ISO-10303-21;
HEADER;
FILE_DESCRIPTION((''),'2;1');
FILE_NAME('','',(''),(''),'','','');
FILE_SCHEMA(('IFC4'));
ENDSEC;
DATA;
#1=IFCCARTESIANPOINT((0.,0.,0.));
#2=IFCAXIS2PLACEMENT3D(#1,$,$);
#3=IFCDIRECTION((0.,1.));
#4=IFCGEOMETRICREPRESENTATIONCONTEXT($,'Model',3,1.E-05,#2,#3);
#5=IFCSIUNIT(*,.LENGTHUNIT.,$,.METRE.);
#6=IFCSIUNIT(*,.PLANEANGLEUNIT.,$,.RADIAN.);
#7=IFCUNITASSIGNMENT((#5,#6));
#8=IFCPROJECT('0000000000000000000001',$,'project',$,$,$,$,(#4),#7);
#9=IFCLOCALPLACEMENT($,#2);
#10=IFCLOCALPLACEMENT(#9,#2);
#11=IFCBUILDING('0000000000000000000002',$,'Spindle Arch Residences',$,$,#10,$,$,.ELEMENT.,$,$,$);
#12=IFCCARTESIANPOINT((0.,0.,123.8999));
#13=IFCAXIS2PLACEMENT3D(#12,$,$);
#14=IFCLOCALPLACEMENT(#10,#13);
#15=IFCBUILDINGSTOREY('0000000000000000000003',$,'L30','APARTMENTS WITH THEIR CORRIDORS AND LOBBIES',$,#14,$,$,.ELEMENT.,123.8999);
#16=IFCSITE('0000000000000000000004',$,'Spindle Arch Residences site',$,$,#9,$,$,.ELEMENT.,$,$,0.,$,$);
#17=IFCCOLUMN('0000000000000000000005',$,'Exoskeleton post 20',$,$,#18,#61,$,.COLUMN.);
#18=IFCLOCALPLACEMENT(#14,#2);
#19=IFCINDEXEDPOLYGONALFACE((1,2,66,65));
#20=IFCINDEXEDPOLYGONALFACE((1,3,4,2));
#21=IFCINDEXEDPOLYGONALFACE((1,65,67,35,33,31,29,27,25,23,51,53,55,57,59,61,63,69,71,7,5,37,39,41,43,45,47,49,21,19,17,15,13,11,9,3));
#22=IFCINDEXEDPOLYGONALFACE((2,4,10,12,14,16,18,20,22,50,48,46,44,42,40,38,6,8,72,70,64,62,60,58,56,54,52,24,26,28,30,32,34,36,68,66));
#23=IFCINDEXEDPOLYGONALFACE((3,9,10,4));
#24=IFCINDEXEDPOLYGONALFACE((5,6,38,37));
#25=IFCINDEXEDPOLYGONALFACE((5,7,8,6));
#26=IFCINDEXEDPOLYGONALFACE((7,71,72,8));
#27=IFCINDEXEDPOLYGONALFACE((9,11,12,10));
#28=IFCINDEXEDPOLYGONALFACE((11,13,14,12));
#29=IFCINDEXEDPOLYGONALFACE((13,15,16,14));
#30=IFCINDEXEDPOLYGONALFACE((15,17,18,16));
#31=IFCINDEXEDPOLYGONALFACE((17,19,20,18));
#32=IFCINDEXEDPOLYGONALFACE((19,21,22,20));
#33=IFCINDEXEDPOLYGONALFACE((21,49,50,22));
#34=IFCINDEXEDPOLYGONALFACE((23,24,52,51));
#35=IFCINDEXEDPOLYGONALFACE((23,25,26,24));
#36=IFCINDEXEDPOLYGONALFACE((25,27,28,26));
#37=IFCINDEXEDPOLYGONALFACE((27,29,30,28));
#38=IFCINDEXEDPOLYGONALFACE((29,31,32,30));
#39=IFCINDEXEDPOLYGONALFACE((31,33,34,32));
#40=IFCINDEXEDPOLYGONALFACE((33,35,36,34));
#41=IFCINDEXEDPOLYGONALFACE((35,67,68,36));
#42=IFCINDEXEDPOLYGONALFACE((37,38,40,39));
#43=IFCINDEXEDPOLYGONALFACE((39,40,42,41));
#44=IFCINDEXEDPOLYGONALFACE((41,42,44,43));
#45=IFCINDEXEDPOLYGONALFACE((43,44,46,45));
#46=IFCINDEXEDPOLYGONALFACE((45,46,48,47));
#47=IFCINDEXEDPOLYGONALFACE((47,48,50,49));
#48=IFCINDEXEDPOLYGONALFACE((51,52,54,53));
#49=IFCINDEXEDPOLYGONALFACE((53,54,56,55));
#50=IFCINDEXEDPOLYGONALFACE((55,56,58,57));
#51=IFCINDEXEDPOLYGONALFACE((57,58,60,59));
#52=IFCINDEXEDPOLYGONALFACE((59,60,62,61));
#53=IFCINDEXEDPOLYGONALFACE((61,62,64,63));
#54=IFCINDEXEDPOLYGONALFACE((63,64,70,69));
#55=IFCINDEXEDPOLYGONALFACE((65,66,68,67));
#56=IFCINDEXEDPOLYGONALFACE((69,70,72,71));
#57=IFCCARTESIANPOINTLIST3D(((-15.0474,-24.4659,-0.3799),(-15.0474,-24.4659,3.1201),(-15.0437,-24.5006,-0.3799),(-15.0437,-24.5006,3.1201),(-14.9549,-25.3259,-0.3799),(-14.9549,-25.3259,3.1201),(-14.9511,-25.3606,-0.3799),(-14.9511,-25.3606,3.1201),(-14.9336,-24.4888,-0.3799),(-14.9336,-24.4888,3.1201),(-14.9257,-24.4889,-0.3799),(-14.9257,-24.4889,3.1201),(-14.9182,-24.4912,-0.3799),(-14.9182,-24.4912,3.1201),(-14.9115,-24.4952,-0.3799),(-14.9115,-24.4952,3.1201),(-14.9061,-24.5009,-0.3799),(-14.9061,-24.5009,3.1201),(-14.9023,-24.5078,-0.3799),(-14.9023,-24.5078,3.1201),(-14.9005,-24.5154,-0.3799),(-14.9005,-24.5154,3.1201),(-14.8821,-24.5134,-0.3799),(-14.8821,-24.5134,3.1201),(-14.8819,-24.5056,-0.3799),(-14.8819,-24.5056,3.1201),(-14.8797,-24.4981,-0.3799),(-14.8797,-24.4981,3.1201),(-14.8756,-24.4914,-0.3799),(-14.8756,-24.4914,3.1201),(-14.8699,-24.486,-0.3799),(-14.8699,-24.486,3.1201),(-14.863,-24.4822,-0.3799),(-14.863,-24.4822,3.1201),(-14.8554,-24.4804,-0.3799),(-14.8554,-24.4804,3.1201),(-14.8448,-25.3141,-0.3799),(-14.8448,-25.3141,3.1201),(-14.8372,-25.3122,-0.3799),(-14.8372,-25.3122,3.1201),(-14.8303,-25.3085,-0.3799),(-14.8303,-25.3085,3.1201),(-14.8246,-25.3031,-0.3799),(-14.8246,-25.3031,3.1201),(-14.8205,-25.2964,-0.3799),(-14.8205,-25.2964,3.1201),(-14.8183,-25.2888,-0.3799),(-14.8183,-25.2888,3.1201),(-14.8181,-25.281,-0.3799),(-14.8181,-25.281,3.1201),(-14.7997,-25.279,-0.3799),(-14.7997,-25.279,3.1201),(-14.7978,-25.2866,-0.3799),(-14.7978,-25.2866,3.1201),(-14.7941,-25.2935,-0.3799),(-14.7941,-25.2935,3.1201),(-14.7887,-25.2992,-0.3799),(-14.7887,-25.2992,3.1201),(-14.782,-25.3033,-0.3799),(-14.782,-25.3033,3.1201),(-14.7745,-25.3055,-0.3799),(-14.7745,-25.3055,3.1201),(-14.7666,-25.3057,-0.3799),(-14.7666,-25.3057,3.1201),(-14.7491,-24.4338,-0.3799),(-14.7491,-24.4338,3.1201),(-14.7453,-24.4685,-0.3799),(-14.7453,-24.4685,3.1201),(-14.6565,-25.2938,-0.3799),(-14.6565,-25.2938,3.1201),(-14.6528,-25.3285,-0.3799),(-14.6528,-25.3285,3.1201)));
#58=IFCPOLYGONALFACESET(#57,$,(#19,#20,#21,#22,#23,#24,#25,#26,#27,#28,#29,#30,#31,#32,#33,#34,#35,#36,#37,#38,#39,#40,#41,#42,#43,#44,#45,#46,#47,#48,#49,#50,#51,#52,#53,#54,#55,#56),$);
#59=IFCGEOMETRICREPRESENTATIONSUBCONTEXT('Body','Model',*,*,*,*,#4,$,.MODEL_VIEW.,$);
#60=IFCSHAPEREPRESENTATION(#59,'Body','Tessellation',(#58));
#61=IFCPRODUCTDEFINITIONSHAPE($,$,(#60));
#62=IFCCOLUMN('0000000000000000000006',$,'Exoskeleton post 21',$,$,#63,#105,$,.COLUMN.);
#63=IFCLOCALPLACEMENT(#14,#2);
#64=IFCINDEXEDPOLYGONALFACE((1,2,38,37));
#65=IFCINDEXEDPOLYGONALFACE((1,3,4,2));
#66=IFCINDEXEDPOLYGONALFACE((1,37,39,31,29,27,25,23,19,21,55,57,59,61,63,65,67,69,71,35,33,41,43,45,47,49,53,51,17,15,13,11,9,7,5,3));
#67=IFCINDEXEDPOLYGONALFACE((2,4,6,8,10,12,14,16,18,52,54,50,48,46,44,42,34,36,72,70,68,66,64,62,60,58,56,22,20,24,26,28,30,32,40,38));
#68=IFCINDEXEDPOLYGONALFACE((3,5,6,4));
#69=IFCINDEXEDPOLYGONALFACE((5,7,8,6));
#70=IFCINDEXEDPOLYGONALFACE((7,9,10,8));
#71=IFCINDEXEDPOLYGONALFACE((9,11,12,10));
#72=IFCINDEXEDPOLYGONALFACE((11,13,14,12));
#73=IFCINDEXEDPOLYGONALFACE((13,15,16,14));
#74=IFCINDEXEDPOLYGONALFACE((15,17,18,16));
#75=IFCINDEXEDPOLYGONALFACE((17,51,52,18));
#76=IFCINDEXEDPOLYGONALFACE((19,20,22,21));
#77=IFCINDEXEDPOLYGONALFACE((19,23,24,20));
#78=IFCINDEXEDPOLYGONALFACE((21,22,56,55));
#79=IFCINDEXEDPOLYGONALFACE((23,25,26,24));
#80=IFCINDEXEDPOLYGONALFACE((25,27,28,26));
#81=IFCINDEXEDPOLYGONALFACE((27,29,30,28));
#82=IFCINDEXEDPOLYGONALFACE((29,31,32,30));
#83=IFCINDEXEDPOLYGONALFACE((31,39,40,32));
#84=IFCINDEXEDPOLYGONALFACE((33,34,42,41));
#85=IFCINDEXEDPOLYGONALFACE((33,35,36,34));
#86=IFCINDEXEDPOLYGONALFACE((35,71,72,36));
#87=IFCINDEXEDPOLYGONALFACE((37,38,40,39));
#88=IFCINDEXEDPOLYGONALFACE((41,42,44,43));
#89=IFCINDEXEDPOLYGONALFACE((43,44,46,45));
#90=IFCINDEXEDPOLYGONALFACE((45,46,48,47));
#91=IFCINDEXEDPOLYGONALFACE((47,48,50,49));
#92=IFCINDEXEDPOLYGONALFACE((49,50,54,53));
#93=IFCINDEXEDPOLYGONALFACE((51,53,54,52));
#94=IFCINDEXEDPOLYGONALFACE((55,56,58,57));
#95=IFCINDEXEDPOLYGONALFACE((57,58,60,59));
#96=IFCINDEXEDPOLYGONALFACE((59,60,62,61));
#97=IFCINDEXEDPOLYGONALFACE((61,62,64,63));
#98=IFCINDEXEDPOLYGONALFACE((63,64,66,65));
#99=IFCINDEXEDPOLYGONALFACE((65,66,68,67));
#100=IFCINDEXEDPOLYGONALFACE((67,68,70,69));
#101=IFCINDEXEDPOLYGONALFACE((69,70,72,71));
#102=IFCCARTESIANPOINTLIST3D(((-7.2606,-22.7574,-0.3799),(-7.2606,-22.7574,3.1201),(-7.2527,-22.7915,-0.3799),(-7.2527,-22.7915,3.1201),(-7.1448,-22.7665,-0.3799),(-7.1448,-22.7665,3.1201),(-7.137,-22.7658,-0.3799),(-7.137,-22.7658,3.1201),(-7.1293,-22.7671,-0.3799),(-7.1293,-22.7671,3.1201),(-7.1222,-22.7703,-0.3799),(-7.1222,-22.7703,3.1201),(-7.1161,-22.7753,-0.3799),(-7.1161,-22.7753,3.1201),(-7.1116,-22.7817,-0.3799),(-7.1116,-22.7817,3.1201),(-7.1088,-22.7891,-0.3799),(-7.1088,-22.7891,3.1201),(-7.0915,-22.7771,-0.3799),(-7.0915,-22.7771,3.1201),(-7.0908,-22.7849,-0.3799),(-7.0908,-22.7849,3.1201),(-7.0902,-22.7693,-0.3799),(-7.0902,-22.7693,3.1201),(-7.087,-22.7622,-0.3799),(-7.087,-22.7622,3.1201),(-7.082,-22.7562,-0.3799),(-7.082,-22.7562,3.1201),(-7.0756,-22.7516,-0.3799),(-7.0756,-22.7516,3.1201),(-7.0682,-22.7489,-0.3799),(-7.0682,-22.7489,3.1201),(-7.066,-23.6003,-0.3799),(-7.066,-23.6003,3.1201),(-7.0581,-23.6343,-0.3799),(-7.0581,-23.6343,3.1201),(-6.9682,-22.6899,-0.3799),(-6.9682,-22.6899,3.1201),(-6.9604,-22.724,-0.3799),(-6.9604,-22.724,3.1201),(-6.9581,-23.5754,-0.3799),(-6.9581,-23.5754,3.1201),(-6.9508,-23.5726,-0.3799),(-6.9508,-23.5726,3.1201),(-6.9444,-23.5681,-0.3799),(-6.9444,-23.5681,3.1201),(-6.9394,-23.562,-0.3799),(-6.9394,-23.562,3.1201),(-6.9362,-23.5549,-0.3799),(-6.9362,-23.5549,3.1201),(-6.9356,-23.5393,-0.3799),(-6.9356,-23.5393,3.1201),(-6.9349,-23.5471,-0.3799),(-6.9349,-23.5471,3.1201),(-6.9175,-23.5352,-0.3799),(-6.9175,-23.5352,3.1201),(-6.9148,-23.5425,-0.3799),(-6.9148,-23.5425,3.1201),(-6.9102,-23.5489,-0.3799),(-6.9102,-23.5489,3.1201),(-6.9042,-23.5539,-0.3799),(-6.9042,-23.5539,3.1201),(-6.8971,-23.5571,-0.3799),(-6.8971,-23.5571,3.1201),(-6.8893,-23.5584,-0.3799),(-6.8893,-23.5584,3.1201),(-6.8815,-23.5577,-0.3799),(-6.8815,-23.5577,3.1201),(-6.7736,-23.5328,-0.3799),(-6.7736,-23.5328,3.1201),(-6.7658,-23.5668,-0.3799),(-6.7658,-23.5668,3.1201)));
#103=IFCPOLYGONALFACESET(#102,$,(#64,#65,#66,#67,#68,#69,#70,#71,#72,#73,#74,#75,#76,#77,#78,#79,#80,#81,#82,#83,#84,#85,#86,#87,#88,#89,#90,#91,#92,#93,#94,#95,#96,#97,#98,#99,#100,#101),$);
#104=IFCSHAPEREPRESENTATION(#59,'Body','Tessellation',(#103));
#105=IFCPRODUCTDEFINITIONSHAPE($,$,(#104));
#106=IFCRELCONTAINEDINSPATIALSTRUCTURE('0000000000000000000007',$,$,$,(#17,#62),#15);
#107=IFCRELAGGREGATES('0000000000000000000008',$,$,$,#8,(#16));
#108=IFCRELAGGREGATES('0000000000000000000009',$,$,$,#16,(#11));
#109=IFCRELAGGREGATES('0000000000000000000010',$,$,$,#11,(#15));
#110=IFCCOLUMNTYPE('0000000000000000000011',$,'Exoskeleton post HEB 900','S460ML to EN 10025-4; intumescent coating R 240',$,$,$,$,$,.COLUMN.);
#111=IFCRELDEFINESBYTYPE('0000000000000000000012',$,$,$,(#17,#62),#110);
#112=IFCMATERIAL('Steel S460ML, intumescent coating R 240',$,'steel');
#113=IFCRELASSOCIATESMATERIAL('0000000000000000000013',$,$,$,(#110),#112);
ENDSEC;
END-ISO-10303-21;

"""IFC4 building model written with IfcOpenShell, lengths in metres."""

from ifc_helpers import new_model, si_unit, direction, frame, origin, origin_2d, place, context, subcontext, project, spatial, i_section, extrude, material, material_profile, profile_set, type_object, element, save


model = new_model("IFC4")

# Units and contexts
model_context = context("Model", 3, precision=1e-05, world=origin(), true_north=direction((0.0, 1.0)))
body_context = subcontext(model_context, "Body", "Model", "MODEL_VIEW")
ifc_project = project(units=[si_unit("LENGTHUNIT", "METRE"), si_unit("PLANEANGLEUNIT", "RADIAN")], contexts=[model_context])

# Site, building, storey
site_placement = place(None, origin())
site = spatial("IfcSite", under=ifc_project, at=site_placement, Name="Spindle Arch Residences site", CompositionType="ELEMENT", RefElevation=0.0)
building_placement = place(site_placement, origin())
building = spatial("IfcBuilding", under=site, at=building_placement, Name="Spindle Arch Residences", CompositionType="ELEMENT")
storey_placement = place(building_placement, frame((0.0, 0.0, 123.8999)))
storey = spatial("IfcBuildingStorey", under=building, at=storey_placement, Name="L30", Description="APARTMENTS WITH THEIR CORRIDORS AND LOBBIES", CompositionType="ELEMENT", Elevation=123.8999)

# Columns
ifc_material_1 = material(Name="Steel S460ML, intumescent coating R 240", Category="steel")
ifc_material_profile_1 = material_profile(ifc_material_1, i_section(OverallWidth=0.3, OverallDepth=0.8999, WebThickness=0.0186, FlangeThickness=0.0349, FilletRadius=0.03, at=origin_2d()), Name="HEB 900")
ifc_profile_set_1 = profile_set([ifc_material_profile_1], Name="Steel S460ML, intumescent coating R 240")
column_type_1 = type_object("IfcColumnType", Name="Exoskeleton post HEB 900", Description="S460ML to EN 10025-4; intumescent coating R 240", PredefinedType="COLUMN", material=ifc_profile_set_1)
for number, where, z_axis, x_axis, name in (
    (1, (-14.8501, -24.8972, -0.3799), (0.0, 0.0, 1.0), (-0.994264, -0.106952, 0.0), "Exoskeleton post 20"),
    (2, (-7.0132, -23.1621, -0.3799), (0.0, 0.0, 1.0), (-0.97437, -0.224951, 0.0), "Exoskeleton post 21"),
):
    element("IfcColumn", number, at=place(storey_placement, frame(where, z_axis=z_axis, x_axis=x_axis)), inside=storey, type_object=column_type_1, Name=name, PredefinedType="COLUMN", context=body_context, shape_type="SweptSolid", body=[
        extrude(i_section(OverallWidth=0.3, OverallDepth=0.8999, WebThickness=0.0186, FlangeThickness=0.0349, FilletRadius=0.03, at=origin_2d()), origin(), (0.0, 0.0, 1.0), 3.5),
    ])

save(model, "model.ifc")
